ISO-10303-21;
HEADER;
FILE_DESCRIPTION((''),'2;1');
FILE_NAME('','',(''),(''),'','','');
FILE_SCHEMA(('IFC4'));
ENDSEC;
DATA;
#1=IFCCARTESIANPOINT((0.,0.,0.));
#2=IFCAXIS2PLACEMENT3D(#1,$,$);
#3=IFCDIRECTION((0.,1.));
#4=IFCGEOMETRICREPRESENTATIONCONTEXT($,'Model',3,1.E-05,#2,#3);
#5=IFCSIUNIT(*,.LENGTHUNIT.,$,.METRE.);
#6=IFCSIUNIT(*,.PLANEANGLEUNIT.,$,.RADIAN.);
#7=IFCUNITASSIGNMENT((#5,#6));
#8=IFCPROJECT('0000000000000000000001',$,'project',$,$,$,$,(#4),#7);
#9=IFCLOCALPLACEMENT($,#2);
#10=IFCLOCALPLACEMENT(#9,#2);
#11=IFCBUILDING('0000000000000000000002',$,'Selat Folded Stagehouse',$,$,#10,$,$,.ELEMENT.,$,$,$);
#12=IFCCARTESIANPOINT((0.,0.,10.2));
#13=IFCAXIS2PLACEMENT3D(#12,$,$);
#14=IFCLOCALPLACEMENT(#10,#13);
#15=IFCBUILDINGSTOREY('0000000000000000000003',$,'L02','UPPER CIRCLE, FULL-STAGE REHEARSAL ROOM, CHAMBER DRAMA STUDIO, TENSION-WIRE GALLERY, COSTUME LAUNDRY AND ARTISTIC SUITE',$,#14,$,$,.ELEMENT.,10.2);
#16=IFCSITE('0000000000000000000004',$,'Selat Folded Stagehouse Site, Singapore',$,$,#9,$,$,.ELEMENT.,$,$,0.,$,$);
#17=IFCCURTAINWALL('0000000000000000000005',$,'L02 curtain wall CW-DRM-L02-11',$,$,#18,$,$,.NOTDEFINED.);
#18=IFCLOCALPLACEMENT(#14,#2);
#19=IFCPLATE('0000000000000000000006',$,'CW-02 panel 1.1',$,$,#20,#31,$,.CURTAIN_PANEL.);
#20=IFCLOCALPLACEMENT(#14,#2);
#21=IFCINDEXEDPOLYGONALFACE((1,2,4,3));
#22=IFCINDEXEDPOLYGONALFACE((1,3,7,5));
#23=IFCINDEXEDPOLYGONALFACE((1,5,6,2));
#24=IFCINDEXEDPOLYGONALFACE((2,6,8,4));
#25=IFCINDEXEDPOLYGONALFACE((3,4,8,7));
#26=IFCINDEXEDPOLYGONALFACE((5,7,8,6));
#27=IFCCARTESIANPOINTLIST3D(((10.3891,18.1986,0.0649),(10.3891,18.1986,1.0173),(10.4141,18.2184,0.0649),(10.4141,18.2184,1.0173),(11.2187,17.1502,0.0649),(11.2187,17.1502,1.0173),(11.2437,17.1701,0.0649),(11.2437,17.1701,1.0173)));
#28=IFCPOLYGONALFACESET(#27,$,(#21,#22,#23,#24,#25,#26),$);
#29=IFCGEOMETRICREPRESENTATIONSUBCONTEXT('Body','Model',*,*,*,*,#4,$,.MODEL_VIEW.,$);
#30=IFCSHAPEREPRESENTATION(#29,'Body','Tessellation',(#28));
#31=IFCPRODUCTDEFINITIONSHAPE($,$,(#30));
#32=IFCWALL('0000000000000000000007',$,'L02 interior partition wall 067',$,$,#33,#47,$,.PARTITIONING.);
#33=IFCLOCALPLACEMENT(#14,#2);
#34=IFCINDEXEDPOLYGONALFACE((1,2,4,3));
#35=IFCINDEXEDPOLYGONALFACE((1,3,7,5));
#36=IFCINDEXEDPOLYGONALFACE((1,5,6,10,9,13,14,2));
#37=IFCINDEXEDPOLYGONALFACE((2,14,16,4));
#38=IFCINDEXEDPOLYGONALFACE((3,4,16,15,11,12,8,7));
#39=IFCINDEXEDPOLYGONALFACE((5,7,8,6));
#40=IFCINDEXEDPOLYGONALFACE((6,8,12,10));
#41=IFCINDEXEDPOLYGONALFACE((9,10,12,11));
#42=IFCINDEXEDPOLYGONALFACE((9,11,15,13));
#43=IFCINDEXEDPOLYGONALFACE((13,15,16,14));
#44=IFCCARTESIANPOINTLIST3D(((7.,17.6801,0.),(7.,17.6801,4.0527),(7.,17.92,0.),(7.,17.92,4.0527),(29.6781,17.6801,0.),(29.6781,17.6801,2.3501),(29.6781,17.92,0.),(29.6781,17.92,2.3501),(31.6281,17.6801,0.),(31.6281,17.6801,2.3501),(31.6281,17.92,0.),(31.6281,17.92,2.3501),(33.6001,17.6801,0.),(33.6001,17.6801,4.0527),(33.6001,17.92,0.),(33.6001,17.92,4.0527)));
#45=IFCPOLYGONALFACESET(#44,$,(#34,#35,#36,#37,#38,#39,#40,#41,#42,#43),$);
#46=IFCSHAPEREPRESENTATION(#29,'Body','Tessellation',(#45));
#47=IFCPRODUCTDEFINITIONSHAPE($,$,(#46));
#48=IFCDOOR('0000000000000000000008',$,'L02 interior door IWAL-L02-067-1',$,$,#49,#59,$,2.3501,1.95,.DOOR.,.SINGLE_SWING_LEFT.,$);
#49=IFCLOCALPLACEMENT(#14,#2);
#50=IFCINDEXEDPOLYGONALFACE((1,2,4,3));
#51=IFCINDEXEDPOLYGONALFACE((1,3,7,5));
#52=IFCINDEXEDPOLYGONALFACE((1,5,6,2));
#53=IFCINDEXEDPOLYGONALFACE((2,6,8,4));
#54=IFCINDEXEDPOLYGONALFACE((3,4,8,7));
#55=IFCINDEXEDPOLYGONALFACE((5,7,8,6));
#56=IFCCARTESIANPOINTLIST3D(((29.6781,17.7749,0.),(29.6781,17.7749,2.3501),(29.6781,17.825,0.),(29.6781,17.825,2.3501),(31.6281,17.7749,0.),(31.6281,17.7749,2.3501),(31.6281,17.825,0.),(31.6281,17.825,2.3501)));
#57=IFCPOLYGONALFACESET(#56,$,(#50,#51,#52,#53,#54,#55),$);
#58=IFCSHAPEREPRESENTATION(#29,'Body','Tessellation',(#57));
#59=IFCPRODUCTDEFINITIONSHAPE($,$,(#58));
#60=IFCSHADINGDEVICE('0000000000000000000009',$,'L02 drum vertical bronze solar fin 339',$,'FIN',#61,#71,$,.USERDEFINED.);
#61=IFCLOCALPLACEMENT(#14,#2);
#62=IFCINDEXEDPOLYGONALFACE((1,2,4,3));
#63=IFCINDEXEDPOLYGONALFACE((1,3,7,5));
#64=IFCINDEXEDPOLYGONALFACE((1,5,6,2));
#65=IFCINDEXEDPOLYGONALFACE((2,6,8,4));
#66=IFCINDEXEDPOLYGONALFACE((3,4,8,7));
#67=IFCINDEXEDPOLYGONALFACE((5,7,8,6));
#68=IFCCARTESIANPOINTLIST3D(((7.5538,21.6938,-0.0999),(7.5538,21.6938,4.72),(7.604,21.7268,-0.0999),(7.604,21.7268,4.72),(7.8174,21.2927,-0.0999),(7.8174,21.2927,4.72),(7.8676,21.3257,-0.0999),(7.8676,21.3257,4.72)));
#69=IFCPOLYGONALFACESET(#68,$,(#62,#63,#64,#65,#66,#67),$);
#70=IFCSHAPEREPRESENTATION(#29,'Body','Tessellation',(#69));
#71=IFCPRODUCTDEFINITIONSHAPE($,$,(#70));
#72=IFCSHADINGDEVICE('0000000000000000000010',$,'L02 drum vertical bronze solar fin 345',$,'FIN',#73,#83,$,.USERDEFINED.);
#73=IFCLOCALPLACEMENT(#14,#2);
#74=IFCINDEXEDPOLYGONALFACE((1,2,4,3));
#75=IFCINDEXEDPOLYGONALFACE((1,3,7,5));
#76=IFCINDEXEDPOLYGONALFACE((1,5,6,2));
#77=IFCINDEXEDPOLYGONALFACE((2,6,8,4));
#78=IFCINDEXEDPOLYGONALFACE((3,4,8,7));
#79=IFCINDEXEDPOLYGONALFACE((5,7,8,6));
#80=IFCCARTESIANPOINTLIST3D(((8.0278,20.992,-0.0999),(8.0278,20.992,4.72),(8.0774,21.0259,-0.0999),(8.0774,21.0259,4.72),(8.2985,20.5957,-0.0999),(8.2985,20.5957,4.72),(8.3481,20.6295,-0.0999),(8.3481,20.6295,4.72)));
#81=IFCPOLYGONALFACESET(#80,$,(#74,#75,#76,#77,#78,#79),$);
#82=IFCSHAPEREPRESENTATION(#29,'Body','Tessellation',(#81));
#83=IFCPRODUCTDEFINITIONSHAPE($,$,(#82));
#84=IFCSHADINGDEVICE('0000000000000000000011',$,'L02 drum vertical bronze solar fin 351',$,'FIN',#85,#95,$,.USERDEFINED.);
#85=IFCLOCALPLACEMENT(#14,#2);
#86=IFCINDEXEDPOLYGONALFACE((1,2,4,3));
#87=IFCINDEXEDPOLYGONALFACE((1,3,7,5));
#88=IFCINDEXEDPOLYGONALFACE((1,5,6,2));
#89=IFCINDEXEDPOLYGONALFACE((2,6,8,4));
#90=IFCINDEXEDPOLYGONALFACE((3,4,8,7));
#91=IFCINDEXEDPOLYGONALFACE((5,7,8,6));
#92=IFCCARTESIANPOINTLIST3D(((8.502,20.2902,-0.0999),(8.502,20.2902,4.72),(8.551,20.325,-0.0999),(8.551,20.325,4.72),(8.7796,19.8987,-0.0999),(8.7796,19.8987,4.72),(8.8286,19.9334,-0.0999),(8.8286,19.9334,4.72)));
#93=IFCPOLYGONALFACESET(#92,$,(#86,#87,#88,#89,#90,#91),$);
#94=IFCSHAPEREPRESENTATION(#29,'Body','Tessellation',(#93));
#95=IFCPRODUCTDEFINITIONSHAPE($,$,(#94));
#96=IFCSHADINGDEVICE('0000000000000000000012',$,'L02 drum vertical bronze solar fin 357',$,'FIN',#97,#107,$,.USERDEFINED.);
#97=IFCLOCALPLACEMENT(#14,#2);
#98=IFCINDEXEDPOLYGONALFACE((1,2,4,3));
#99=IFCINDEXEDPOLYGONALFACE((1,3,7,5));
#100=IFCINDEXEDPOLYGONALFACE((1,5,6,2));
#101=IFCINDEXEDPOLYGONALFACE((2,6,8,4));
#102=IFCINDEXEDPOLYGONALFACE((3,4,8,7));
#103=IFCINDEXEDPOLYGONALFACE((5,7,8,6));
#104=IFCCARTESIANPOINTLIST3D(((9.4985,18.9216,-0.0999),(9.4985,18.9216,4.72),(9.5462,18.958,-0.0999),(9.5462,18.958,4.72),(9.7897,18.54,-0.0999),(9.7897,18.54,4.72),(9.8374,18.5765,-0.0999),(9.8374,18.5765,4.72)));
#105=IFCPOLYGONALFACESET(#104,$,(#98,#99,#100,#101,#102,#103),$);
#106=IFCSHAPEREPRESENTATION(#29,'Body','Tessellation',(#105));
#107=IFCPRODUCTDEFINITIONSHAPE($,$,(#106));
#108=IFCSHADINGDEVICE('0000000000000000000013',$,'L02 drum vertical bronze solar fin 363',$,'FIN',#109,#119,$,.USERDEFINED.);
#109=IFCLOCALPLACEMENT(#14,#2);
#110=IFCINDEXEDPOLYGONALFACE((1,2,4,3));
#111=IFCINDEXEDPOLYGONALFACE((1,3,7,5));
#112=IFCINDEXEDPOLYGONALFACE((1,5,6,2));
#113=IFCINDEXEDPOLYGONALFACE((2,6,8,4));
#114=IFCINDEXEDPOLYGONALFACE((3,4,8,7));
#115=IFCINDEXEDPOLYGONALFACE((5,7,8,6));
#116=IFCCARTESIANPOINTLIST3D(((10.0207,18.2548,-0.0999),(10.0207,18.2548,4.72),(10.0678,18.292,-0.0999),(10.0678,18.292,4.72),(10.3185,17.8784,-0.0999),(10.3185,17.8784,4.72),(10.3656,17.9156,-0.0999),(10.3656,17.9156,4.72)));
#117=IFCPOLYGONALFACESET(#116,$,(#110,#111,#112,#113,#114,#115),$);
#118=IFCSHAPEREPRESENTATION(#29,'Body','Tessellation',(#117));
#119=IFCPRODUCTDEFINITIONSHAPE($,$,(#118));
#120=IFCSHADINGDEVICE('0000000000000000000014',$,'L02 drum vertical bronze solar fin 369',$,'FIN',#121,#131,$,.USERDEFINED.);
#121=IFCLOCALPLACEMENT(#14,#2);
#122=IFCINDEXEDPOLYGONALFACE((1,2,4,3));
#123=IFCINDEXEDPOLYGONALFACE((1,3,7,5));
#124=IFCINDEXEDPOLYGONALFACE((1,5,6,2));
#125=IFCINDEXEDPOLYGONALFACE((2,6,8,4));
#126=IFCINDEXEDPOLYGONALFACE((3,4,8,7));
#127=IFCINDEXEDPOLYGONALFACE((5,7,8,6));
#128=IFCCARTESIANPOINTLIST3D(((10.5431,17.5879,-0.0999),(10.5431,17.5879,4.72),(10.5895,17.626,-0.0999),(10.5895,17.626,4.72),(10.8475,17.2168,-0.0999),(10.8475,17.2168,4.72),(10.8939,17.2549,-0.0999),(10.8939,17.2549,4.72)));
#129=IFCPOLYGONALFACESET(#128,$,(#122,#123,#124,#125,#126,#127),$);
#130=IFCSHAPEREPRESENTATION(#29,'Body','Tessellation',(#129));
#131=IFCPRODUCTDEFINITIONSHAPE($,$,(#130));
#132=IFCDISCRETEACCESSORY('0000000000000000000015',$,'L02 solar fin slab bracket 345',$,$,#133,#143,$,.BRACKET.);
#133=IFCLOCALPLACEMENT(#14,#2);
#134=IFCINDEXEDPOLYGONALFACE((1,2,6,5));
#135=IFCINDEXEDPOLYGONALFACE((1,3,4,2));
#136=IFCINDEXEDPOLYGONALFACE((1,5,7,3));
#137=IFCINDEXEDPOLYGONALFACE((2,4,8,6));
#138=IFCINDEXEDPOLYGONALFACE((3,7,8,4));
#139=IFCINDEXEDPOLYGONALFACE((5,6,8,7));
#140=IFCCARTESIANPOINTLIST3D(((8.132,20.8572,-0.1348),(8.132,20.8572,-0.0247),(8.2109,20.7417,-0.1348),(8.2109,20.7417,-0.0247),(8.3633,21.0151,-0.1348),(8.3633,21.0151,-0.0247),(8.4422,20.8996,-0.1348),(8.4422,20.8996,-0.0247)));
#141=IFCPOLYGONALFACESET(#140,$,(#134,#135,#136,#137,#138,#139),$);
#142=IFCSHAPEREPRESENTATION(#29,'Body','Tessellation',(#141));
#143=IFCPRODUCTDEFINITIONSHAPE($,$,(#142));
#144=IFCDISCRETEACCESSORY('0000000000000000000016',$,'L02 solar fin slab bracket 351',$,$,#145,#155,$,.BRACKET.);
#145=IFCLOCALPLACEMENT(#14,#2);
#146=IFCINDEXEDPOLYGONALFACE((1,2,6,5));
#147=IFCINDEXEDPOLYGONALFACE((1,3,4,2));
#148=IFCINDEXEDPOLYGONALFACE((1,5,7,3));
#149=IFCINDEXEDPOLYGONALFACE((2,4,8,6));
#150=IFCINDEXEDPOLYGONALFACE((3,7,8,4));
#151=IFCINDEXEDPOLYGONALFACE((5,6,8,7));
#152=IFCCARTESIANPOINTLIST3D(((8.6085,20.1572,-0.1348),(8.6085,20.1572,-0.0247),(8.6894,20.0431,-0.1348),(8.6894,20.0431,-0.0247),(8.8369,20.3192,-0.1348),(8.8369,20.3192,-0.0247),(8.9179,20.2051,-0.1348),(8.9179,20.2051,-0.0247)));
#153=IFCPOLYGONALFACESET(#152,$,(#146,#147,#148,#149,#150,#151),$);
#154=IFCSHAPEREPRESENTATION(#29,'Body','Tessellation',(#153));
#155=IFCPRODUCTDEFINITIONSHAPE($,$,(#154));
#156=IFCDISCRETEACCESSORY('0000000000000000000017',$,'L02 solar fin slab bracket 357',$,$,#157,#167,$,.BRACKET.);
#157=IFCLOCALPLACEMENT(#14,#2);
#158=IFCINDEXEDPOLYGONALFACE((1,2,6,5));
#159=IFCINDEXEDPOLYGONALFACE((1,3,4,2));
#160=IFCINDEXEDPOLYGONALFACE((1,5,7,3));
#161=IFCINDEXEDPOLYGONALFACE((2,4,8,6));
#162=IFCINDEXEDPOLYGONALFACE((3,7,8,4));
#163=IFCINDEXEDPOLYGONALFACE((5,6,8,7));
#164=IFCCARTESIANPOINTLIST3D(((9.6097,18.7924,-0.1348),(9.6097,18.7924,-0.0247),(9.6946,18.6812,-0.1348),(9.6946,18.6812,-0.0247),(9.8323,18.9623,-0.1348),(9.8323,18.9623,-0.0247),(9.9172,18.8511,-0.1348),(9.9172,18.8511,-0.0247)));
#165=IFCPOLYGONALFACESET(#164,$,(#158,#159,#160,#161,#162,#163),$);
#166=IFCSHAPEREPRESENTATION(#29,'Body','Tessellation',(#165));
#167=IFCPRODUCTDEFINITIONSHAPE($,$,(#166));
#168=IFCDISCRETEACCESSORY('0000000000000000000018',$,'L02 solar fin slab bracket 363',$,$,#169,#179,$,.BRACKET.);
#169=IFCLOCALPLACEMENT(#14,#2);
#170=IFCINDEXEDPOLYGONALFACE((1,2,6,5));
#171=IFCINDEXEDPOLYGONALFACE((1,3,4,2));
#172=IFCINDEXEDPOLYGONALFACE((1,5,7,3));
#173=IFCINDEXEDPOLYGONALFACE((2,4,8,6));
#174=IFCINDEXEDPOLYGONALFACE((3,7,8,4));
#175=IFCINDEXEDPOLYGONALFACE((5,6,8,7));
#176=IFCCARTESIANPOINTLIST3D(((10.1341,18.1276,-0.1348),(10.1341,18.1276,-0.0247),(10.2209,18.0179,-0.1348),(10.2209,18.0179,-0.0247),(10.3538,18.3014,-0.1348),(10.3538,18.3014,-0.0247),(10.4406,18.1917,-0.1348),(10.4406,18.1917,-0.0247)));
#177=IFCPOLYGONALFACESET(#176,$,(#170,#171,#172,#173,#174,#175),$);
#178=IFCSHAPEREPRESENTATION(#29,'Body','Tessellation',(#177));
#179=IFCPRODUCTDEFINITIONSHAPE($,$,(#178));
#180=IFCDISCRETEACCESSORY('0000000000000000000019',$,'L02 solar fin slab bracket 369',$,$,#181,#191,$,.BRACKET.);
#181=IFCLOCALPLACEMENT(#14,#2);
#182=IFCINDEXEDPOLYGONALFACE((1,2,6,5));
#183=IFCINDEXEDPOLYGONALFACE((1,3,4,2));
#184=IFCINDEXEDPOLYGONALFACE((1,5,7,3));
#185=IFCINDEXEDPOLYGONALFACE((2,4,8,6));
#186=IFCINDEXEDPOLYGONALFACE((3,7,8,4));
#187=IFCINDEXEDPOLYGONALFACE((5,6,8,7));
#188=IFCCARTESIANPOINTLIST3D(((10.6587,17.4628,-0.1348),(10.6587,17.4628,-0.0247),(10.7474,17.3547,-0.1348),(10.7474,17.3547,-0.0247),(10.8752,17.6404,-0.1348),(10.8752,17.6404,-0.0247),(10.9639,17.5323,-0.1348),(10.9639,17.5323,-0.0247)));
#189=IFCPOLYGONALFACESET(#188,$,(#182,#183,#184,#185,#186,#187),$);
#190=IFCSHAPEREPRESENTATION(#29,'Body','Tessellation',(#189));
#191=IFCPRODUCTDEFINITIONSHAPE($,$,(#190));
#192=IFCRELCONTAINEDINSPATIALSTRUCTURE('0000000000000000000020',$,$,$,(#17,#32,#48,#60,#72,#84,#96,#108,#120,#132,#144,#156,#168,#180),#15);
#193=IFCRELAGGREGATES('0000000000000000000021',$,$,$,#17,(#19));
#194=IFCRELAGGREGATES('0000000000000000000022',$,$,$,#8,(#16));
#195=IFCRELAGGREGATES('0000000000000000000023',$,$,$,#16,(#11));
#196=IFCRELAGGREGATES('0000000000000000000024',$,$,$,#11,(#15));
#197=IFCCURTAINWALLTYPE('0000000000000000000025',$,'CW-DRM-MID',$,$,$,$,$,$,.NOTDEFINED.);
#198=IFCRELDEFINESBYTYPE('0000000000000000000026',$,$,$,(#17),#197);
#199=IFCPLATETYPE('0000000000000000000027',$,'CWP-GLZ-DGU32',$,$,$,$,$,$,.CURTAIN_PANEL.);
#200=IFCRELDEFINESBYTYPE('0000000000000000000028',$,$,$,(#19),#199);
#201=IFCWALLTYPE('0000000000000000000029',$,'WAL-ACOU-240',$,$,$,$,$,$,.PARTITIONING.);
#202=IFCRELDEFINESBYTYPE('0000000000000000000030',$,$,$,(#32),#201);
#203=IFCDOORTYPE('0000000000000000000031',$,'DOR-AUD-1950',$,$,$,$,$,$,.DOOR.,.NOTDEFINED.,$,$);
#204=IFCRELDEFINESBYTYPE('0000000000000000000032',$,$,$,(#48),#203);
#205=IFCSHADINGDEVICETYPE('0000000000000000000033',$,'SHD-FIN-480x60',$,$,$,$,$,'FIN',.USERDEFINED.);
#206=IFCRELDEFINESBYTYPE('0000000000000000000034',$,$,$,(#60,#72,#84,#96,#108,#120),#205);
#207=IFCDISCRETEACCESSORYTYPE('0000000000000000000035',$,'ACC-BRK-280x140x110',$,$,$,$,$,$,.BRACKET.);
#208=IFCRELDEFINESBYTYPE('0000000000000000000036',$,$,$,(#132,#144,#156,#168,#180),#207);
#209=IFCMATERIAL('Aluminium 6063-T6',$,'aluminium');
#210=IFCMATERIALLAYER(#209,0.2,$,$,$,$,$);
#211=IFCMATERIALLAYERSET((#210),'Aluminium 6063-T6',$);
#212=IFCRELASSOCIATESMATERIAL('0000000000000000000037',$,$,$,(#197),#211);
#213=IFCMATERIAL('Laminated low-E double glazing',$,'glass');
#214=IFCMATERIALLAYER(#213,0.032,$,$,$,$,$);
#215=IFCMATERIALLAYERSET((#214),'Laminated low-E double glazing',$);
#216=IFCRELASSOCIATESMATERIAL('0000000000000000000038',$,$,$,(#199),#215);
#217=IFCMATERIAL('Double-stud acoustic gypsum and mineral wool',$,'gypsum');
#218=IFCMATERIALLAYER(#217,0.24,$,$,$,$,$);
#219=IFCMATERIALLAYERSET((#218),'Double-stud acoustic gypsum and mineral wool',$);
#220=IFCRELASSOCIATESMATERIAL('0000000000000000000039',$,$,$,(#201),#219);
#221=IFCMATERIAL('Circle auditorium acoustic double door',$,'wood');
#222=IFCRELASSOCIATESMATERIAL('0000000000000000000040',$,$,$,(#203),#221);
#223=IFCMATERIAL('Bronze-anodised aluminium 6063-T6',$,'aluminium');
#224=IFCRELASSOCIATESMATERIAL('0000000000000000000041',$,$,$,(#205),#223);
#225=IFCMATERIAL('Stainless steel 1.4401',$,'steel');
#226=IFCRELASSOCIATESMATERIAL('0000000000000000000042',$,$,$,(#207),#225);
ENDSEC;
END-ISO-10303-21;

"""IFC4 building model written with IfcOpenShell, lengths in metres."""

from ifc_helpers import new_model, si_unit, direction, frame, frame_2d, origin, origin_2d, place, context, subcontext, project, spatial, rectangle, extrude, material, layer, layer_set, material_profile, profile_set, type_object, element, fill, aggregate, save


model = new_model("IFC4")

# Units and contexts
model_context = context("Model", 3, precision=1e-05, world=origin(), true_north=direction((0.0, 1.0)))
body_context = subcontext(model_context, "Body", "Model", "MODEL_VIEW")
ifc_project = project(units=[si_unit("LENGTHUNIT", "METRE"), si_unit("PLANEANGLEUNIT", "RADIAN")], contexts=[model_context])

# Site, building, storey
site_placement = place(None, origin())
site = spatial("IfcSite", under=ifc_project, at=site_placement, Name="Selat Folded Stagehouse Site, Singapore", CompositionType="ELEMENT", RefElevation=0.0)
building_placement = place(site_placement, origin())
building = spatial("IfcBuilding", under=site, at=building_placement, Name="Selat Folded Stagehouse", CompositionType="ELEMENT")
storey_placement = place(building_placement, frame((0.0, 0.0, 10.2)))
storey = spatial("IfcBuildingStorey", under=building, at=storey_placement, Name="L02", Description="UPPER CIRCLE, FULL-STAGE REHEARSAL ROOM, CHAMBER DRAMA STUDIO, TENSION-WIRE GALLERY, COSTUME LAUNDRY AND ARTISTIC SUITE", CompositionType="ELEMENT", Elevation=10.2)

# Curtain wall
ifc_material_1 = material(Name="Aluminium 6063-T6", Category="aluminium")
ifc_layer_1 = layer(ifc_material_1, 0.2)
ifc_layer_set_1 = layer_set([ifc_layer_1], Name="Aluminium 6063-T6")
curtain_wall_type = type_object("IfcCurtainWallType", Name="CW-DRM-MID", PredefinedType="NOTDEFINED", material=ifc_layer_set_1)
curtain_wall_1_placement = place(storey_placement, origin())
curtain_wall_1 = element("IfcCurtainWall", 1, at=curtain_wall_1_placement, inside=storey, type_object=curtain_wall_type, Name="L02 curtain wall CW-DRM-L02-11", PredefinedType="NOTDEFINED")

# Plate
ifc_material_2 = material(Name="Laminated low-E double glazing", Category="glass")
ifc_layer_2 = layer(ifc_material_2, 0.032)
ifc_layer_set_2 = layer_set([ifc_layer_2], Name="Laminated low-E double glazing")
plate_type = type_object("IfcPlateType", Name="CWP-GLZ-DGU32", PredefinedType="CURTAIN_PANEL", material=ifc_layer_set_2)
plate_placement = place(storey_placement, frame((10.8164, 17.6843, 0.0649), z_axis=(0.0, 0.0, 1.0), x_axis=(-0.620533, 0.78418, 0.0)))
plate = element("IfcPlate", 2, at=plate_placement, type_object=plate_type, Name="CW-02 panel 1.1", PredefinedType="CURTAIN_PANEL", context=body_context, shape_type="SweptSolid", body=[
    extrude(rectangle(XDim=1.3369, YDim=0.032, at=origin_2d()), origin(), (0.0, 0.0, 1.0), 0.9524),
])
aggregate(curtain_wall_1, [plate])

# Wall, opening, door
ifc_material_3 = material(Name="Double-stud acoustic gypsum and mineral wool", Category="gypsum")
ifc_layer_3 = layer(ifc_material_3, 0.24)
ifc_layer_set_3 = layer_set([ifc_layer_3], Name="Double-stud acoustic gypsum and mineral wool")
wall_type = type_object("IfcWallType", Name="WAL-ACOU-240", PredefinedType="PARTITIONING", material=ifc_layer_set_3)
wall_placement = place(storey_placement, frame((7.0, 17.8, 0.0), z_axis=(0.0, 0.0, 1.0), x_axis=(1.0, 0.0, 0.0)))
wall = element("IfcWall", 3, at=wall_placement, inside=storey, type_object=wall_type, Name="L02 interior partition wall 067", PredefinedType="PARTITIONING", context=body_context, shape_type="SweptSolid", body=[
    extrude(rectangle(XDim=26.6001, YDim=0.24, at=frame_2d((13.3, 0.0))), origin(), (0.0, 0.0, 1.0), 4.0527),
])
opening_placement = place(wall_placement, frame((22.678, 0.0, 0.0)))
opening = element("IfcOpeningElement", 4, at=opening_placement, cuts=wall, PredefinedType="OPENING", context=body_context, shape_type="SweptSolid", body=[
    extrude(rectangle(XDim=1.95, YDim=2.3501, at=frame_2d((0.9751, 1.175))), frame((0.0, 0.1299, 0.0), z_axis=(0.0, -1.0, 0.0), x_axis=(1.0, 0.0, 0.0)), (0.0, 0.0, 1.0), 0.26),
])
ifc_material_4 = material(Name="Circle auditorium acoustic double door", Category="wood")
door_type = type_object("IfcDoorType", Name="DOR-AUD-1950", OperationType="NOTDEFINED", PredefinedType="DOOR", material=ifc_material_4)
door_placement = place(opening_placement, origin())
door = element("IfcDoor", 5, at=door_placement, inside=storey, type_object=door_type, Name="L02 interior door IWAL-L02-067-1", OperationType="SINGLE_SWING_LEFT", OverallHeight=2.3501, OverallWidth=1.95, PredefinedType="DOOR", context=body_context, shape_type="SweptSolid", body=[
    extrude(rectangle(XDim=1.95, YDim=2.3501, at=frame_2d((0.9751, 1.175))), frame((0.0, 0.0249, 0.0), z_axis=(0.0, -1.0, 0.0), x_axis=(1.0, 0.0, 0.0)), (0.0, 0.0, 1.0), 0.05),
])
fill(opening, door)

# Shading devices
ifc_material_5 = material(Name="Bronze-anodised aluminium 6063-T6", Category="aluminium")
ifc_material_profile_1 = material_profile(ifc_material_5, rectangle(XDim=0.0601, YDim=0.48, at=origin_2d()), Name="SOLAR-FIN 480x60")
ifc_profile_set_1 = profile_set([ifc_material_profile_1], Name="Bronze-anodised aluminium 6063-T6")
shading_device_type = type_object("IfcShadingDeviceType", Name="SHD-FIN-480x60", ElementType="FIN", PredefinedType="USERDEFINED", material=ifc_profile_set_1)
for number, where, z_axis, x_axis, name in (
    (6, (7.7107, 21.5098, -0.0999), (0.0, 0.0, 1.0), (-0.835616, -0.549315, 0.0), "L02 drum vertical bronze solar fin 339"),
    (7, (8.188, 20.8108, -0.0999), (0.0, 0.0, 1.0), (-0.825803, -0.563959, 0.0), "L02 drum vertical bronze solar fin 345"),
    (8, (8.6653, 20.1118, -0.0999), (0.0, 0.0, 1.0), (-0.815734, -0.578427, 0.0), "L02 drum vertical bronze solar fin 351"),
    (9, (9.668, 18.749, -0.0999), (0.0, 0.0, 1.0), (-0.794944, -0.606682, 0.0), "L02 drum vertical bronze solar fin 357"),
    (10, (10.1931, 18.0852, -0.0999), (0.0, 0.0, 1.0), (-0.784235, -0.620464, 0.0), "L02 drum vertical bronze solar fin 363"),
    (11, (10.7185, 17.4214, -0.0999), (0.0, 0.0, 1.0), (-0.773177, -0.634191, 0.0), "L02 drum vertical bronze solar fin 369"),
):
    element("IfcShadingDevice", number, at=place(storey_placement, frame(where, z_axis=z_axis, x_axis=x_axis)), inside=storey, type_object=shading_device_type, Name=name, ObjectType="FIN", PredefinedType="USERDEFINED", context=body_context, shape_type="SweptSolid", body=[
        extrude(rectangle(XDim=0.0601, YDim=0.48, at=origin_2d()), origin(), (0.0, 0.0, 1.0), 4.8198),
    ])

# Discrete accessories
ifc_material_6 = material(Name="Stainless steel 1.4401", Category="steel")
discrete_accessory_type = type_object("IfcDiscreteAccessoryType", Name="ACC-BRK-280x140x110", PredefinedType="BRACKET", material=ifc_material_6)
for number, where, z_axis, x_axis, name in (
    (12, (8.2871, 20.8784, -0.1348), (0.0, 0.0, 1.0), (-0.825803, -0.563959, 0.0), "L02 solar fin slab bracket 345"),
    (13, (8.7632, 20.1812, -0.1348), (0.0, 0.0, 1.0), (-0.815734, -0.578427, 0.0), "L02 solar fin slab bracket 351"),
    (14, (9.7634, 18.8218, -0.1348), (0.0, 0.0, 1.0), (-0.794944, -0.606682, 0.0), "L02 solar fin slab bracket 357"),
    (15, (10.2874, 18.1597, -0.1348), (0.0, 0.0, 1.0), (-0.784235, -0.620464, 0.0), "L02 solar fin slab bracket 363"),
    (16, (10.8113, 17.4976, -0.1348), (0.0, 0.0, 1.0), (-0.773177, -0.634191, 0.0), "L02 solar fin slab bracket 369"),
):
    element("IfcDiscreteAccessory", number, at=place(storey_placement, frame(where, z_axis=z_axis, x_axis=x_axis)), inside=storey, type_object=discrete_accessory_type, Name=name, PredefinedType="BRACKET", context=body_context, shape_type="SweptSolid", body=[
        extrude(rectangle(XDim=0.28, YDim=0.1399, at=origin_2d()), origin(), (0.0, 0.0, 1.0), 0.1101),
    ])

save(model, "model.ifc")
